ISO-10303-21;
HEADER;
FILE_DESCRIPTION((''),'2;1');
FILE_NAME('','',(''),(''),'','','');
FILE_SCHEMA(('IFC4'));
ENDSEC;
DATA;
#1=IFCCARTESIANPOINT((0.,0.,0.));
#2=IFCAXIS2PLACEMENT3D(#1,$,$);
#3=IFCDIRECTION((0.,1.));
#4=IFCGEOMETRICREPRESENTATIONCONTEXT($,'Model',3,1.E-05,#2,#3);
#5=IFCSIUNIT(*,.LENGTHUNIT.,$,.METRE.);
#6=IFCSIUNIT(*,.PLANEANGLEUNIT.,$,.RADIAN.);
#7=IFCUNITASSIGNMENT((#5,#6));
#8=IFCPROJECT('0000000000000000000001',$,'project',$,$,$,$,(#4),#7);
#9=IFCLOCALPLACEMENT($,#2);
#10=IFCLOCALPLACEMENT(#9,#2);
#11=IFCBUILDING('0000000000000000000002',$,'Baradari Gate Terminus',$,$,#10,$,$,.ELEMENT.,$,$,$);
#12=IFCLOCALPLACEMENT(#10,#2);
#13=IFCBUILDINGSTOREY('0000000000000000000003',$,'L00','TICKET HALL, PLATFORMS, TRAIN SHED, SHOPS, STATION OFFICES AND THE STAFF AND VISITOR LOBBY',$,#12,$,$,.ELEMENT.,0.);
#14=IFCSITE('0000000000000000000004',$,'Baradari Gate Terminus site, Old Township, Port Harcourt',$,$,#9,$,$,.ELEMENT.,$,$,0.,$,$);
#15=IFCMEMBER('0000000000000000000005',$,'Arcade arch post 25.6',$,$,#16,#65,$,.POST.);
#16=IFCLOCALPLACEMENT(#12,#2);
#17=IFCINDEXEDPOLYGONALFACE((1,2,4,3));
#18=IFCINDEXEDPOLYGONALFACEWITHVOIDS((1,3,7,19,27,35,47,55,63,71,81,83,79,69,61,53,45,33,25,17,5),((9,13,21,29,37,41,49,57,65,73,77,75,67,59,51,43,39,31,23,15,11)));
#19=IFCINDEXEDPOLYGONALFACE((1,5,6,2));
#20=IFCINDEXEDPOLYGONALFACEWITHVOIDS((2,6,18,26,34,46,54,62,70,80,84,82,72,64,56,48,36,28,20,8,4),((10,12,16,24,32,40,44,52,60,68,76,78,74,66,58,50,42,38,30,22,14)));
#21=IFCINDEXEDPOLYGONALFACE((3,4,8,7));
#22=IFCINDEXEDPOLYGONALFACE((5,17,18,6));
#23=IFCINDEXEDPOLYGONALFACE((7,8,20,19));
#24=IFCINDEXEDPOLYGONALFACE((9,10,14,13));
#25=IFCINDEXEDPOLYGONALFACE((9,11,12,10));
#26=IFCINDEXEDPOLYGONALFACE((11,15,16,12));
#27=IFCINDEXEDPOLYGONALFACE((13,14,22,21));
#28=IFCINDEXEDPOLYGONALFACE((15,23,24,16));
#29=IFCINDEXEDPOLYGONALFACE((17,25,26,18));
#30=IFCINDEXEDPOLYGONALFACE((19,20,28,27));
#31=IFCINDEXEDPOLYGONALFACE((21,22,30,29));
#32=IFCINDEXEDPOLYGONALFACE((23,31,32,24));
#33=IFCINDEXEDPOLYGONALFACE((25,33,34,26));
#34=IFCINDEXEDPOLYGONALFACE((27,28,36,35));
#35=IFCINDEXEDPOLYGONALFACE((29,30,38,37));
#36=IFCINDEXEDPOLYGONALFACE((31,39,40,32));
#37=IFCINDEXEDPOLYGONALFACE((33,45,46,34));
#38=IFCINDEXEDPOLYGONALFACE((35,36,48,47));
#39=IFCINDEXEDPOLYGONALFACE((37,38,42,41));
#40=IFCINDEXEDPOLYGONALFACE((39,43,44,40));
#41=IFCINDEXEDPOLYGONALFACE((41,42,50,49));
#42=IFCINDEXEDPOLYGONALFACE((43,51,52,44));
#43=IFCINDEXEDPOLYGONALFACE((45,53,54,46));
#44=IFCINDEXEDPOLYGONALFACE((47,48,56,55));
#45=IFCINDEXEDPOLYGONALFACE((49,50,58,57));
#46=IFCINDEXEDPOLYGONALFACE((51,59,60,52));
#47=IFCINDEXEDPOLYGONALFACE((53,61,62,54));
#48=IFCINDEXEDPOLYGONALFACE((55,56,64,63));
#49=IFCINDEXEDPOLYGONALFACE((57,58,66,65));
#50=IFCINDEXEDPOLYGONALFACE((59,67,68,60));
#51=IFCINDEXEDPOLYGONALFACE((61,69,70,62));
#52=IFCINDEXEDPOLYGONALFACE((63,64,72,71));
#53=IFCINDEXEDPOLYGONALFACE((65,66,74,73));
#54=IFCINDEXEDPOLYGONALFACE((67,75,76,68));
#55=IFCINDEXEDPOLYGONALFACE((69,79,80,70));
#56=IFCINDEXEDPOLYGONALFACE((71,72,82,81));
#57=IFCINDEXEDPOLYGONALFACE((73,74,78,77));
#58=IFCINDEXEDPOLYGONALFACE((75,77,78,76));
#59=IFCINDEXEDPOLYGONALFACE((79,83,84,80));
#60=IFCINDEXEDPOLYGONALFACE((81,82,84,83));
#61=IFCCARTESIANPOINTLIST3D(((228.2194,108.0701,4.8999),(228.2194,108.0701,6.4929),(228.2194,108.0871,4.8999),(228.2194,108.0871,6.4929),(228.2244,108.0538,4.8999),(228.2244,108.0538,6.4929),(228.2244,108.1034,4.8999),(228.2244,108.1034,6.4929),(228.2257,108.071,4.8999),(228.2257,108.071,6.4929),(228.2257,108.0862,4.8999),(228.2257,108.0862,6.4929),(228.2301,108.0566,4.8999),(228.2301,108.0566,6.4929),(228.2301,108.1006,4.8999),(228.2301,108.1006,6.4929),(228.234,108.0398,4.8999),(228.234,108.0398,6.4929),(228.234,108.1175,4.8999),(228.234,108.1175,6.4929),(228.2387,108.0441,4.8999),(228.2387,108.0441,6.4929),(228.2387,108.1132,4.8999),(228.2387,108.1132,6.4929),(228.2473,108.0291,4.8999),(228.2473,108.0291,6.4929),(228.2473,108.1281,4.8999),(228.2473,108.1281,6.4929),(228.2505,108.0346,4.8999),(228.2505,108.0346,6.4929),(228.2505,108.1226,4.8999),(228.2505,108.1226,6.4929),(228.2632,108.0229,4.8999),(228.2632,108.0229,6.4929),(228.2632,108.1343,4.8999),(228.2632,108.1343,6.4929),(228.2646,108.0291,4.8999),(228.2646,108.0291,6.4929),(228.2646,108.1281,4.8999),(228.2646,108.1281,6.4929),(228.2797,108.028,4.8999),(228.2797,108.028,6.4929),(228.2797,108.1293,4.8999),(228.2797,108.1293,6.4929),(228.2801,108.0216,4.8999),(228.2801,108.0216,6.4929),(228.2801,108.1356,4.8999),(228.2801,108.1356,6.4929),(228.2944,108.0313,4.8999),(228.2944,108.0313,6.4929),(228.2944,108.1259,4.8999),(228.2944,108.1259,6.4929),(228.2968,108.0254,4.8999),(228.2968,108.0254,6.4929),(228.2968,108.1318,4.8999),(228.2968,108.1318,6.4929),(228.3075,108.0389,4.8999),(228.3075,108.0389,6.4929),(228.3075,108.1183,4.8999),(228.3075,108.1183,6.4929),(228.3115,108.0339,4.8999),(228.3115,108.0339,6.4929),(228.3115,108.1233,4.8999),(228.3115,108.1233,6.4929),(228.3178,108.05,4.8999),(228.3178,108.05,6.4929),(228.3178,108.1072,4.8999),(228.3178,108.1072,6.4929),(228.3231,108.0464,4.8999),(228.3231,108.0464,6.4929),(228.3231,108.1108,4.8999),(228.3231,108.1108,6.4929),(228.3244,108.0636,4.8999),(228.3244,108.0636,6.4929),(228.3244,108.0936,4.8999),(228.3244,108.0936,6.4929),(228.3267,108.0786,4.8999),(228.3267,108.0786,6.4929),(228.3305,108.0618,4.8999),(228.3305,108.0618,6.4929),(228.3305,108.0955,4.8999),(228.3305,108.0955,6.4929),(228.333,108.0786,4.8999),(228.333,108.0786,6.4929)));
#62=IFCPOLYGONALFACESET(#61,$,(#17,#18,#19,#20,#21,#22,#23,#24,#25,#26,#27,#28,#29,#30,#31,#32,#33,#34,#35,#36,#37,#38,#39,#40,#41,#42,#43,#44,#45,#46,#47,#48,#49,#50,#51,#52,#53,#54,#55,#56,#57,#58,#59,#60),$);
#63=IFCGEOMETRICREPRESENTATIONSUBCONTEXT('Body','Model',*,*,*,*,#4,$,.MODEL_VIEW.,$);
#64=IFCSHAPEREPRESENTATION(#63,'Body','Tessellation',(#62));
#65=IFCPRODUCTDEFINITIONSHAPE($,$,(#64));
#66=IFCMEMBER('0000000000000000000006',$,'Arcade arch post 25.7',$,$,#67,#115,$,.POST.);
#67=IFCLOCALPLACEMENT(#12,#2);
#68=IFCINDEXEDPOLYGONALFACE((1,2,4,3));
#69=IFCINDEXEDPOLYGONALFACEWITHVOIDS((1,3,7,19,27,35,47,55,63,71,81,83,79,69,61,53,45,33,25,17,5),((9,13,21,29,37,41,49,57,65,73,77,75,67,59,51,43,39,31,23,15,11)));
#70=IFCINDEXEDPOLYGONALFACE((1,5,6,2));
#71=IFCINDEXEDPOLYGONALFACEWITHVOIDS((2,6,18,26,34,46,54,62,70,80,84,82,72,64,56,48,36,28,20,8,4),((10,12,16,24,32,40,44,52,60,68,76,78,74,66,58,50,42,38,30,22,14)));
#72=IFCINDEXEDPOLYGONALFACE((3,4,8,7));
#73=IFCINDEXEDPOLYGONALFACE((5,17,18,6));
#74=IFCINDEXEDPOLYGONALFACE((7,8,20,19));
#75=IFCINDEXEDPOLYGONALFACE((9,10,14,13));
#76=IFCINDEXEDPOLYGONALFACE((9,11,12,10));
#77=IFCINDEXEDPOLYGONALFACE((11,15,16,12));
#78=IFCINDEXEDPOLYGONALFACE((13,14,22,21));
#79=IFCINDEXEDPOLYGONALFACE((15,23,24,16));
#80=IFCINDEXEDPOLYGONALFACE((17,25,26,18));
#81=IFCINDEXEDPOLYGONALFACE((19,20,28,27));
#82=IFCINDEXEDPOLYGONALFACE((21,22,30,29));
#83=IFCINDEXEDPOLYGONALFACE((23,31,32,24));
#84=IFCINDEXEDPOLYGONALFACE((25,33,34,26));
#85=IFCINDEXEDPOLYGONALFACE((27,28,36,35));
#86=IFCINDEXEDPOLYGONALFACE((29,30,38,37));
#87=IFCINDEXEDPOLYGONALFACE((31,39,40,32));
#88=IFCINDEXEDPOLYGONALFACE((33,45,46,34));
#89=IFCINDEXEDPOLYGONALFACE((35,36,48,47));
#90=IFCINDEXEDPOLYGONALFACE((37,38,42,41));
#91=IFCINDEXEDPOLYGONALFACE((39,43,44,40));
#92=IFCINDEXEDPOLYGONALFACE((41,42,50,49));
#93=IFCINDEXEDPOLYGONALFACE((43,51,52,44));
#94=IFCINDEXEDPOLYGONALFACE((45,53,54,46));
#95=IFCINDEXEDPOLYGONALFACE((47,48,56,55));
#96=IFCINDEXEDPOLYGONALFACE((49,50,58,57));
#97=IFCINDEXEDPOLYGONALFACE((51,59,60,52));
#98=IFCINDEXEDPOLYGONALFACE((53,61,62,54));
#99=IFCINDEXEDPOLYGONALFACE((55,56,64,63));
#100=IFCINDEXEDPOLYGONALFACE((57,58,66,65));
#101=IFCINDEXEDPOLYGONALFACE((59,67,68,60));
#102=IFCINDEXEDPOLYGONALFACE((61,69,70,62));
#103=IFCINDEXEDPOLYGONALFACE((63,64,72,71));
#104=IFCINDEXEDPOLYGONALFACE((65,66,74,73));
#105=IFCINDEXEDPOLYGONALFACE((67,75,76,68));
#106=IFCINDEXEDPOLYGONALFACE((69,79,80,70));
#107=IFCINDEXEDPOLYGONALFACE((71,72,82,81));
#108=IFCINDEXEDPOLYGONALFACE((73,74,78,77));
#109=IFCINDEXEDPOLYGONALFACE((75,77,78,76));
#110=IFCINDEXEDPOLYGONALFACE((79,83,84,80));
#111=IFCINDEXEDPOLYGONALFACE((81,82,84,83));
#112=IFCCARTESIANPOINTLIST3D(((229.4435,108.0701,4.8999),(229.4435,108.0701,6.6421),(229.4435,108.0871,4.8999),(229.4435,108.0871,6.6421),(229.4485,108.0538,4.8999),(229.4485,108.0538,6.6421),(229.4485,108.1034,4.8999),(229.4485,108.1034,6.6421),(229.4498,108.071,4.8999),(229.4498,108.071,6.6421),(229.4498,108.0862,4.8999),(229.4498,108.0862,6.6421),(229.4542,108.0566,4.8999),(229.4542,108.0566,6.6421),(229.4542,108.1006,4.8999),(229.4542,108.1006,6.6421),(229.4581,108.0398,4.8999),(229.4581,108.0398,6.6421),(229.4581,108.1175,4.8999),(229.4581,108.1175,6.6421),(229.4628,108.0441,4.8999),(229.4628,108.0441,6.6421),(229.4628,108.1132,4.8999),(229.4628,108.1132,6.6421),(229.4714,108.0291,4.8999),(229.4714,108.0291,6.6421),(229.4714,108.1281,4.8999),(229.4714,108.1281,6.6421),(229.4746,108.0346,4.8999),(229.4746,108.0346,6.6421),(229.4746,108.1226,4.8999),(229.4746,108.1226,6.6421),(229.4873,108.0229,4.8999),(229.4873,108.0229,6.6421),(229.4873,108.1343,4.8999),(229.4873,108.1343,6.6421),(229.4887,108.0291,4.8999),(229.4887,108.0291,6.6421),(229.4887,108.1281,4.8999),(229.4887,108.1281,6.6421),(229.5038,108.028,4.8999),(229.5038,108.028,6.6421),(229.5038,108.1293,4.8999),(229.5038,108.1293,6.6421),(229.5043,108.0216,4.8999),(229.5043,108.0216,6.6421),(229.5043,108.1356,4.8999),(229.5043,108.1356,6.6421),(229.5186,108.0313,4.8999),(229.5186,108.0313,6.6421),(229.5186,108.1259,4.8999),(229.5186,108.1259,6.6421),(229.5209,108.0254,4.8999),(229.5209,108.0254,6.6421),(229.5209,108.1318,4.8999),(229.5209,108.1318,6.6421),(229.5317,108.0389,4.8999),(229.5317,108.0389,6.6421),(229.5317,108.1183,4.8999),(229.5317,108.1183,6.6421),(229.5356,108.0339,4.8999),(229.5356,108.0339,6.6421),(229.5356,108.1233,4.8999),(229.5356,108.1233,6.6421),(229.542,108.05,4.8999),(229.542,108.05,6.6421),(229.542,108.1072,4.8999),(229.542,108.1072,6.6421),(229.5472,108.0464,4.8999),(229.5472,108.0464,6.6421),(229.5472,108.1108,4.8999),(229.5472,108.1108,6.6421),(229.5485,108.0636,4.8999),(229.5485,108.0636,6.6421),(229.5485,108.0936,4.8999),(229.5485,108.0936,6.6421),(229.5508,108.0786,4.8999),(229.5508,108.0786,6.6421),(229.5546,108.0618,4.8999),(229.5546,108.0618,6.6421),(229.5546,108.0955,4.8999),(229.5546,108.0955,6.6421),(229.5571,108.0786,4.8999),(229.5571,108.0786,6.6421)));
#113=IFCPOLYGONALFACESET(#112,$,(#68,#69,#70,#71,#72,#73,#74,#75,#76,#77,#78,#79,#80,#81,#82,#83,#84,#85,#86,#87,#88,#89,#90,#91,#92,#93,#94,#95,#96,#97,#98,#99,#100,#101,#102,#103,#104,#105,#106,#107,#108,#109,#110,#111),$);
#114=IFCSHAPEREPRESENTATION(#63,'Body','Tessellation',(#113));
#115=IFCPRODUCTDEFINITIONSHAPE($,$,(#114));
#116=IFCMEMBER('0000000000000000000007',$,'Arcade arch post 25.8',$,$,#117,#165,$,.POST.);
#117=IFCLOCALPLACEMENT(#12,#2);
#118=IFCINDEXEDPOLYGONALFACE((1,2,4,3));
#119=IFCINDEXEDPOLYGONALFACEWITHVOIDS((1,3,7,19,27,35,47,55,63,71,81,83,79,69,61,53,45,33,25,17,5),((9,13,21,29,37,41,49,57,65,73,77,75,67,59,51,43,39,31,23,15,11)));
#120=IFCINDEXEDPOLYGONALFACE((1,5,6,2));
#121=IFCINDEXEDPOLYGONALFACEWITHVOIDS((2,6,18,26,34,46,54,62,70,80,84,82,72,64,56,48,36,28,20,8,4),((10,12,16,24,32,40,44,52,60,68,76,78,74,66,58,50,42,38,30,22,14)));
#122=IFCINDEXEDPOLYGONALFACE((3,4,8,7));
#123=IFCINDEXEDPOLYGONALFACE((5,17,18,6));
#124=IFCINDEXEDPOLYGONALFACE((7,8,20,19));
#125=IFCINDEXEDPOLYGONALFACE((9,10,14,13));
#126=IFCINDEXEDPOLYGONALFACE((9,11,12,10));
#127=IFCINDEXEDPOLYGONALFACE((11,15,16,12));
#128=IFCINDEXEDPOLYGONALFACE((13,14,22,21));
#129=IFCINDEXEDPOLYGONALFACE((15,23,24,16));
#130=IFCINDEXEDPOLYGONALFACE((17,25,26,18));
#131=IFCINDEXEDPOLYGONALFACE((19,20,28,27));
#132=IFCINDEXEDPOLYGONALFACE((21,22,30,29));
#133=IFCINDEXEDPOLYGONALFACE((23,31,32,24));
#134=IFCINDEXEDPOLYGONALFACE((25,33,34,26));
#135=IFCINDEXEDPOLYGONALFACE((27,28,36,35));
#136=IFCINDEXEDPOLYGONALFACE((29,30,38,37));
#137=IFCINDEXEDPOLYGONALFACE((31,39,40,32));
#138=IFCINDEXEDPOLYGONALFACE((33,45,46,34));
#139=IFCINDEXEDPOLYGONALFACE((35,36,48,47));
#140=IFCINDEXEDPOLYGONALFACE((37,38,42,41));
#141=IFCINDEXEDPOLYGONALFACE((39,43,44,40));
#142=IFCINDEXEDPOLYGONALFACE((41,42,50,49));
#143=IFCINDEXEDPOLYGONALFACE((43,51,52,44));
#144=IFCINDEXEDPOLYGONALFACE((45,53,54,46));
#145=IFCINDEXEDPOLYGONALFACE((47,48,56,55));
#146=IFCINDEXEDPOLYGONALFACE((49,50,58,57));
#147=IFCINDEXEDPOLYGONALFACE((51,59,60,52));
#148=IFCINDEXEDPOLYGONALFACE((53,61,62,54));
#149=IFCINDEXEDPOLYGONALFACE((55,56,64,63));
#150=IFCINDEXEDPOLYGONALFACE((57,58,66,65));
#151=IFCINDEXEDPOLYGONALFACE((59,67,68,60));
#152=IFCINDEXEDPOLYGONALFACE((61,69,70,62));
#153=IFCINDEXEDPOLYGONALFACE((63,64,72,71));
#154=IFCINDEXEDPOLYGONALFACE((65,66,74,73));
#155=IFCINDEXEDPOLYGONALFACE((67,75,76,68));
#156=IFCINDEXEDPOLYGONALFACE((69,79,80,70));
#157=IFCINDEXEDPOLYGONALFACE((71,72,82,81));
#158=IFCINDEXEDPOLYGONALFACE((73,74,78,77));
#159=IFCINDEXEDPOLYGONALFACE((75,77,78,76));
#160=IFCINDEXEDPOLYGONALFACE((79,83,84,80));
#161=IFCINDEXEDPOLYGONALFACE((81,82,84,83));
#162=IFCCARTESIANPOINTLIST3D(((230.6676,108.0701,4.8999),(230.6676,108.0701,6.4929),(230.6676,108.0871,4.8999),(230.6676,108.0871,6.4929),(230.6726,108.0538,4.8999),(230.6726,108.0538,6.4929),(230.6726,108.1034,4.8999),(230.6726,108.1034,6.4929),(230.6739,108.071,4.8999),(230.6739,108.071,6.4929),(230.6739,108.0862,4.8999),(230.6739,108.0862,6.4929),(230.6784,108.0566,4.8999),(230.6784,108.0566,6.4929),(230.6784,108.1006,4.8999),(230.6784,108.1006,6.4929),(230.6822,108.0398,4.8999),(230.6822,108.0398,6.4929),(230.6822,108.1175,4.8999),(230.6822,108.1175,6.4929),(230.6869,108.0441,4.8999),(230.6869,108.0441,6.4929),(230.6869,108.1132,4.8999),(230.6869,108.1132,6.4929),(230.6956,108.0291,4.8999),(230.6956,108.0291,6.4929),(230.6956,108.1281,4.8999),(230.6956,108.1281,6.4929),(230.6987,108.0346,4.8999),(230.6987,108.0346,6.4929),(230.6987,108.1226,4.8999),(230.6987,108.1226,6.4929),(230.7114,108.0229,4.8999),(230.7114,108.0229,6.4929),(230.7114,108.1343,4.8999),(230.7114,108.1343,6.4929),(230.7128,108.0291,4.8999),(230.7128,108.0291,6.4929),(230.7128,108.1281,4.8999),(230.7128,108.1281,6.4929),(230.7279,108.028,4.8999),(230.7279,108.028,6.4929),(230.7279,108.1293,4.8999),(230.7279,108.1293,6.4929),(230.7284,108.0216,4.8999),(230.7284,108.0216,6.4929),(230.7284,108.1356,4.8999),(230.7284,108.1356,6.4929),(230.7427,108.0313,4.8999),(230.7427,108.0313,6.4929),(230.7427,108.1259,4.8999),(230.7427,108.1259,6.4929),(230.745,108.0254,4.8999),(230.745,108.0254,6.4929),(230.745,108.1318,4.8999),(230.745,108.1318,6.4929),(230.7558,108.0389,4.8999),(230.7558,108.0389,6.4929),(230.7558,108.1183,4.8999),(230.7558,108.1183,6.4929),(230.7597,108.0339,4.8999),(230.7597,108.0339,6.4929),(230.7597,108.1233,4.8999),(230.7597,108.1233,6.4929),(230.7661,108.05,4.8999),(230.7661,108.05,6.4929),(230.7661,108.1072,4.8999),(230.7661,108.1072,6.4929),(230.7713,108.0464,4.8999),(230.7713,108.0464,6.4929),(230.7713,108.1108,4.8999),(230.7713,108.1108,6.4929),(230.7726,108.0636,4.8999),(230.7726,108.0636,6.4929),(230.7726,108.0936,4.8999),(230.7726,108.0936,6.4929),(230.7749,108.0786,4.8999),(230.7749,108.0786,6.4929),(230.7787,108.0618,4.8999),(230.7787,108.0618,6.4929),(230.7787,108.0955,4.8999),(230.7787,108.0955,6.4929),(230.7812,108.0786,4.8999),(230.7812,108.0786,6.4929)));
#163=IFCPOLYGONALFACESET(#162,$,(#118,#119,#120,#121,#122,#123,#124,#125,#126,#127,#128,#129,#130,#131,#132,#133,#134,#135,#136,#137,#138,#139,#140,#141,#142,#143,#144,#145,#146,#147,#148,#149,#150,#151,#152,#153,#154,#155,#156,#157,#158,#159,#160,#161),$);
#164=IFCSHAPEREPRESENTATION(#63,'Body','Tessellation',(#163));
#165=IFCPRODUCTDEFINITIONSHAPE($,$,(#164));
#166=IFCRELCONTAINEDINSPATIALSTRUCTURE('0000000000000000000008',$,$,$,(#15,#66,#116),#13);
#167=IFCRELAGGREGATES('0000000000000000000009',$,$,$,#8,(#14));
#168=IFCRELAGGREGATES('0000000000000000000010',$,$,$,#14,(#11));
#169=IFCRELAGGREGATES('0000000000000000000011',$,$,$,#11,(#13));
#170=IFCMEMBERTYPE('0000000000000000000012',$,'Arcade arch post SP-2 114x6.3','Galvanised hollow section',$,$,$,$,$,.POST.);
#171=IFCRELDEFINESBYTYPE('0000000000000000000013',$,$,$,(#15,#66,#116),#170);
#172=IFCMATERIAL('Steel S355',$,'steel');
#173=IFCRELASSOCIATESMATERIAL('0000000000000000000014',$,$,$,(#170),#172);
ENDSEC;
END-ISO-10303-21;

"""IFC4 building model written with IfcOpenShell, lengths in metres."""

from ifc_helpers import new_model, si_unit, direction, frame, origin, origin_2d, place, context, subcontext, project, spatial, hollow_circle, extrude, material, material_profile, profile_set, type_object, element, save


model = new_model("IFC4")

# Units and contexts
model_context = context("Model", 3, precision=1e-05, world=origin(), true_north=direction((0.0, 1.0)))
body_context = subcontext(model_context, "Body", "Model", "MODEL_VIEW")
ifc_project = project(units=[si_unit("LENGTHUNIT", "METRE"), si_unit("PLANEANGLEUNIT", "RADIAN")], contexts=[model_context])

# Site, building, storey
site_placement = place(None, origin())
site = spatial("IfcSite", under=ifc_project, at=site_placement, Name="Baradari Gate Terminus site, Old Township, Port Harcourt", CompositionType="ELEMENT", RefElevation=0.0)
building_placement = place(site_placement, origin())
building = spatial("IfcBuilding", under=site, at=building_placement, Name="Baradari Gate Terminus", CompositionType="ELEMENT")
storey_placement = place(building_placement, origin())
storey = spatial("IfcBuildingStorey", under=building, at=storey_placement, Name="L00", Description="TICKET HALL, PLATFORMS, TRAIN SHED, SHOPS, STATION OFFICES AND THE STAFF AND VISITOR LOBBY", CompositionType="ELEMENT", Elevation=0.0)

# Members
ifc_material_1 = material(Name="Steel S355", Category="steel")
ifc_material_profile_1 = material_profile(ifc_material_1, hollow_circle(Radius=0.0571, WallThickness=0.0063, at=origin_2d()), Name="CHS 114.3x6.3")
ifc_profile_set_1 = profile_set([ifc_material_profile_1], Name="Steel S355")
member_type = type_object("IfcMemberType", Name="Arcade arch post SP-2 114x6.3", Description="Galvanised hollow section", PredefinedType="POST", material=ifc_profile_set_1)
member_1_placement = place(storey_placement, frame((228.2759, 108.0786, 4.8999), z_axis=(0.0, 0.0, 1.0), x_axis=(1.0, 0.0, 0.0)))
element("IfcMember", 1, at=member_1_placement, inside=storey, type_object=member_type, Name="Arcade arch post 25.6", PredefinedType="POST", context=body_context, shape_type="SweptSolid", body=[
    extrude(hollow_circle(Radius=0.0571, WallThickness=0.0063, at=origin_2d()), origin(), (0.0, 0.0, 1.0), 1.593),
])
member_2_placement = place(storey_placement, frame((229.5, 108.0786, 4.8999), z_axis=(0.0, 0.0, 1.0), x_axis=(1.0, 0.0, 0.0)))
element("IfcMember", 2, at=member_2_placement, inside=storey, type_object=member_type, Name="Arcade arch post 25.7", PredefinedType="POST", context=body_context, shape_type="SweptSolid", body=[
    extrude(hollow_circle(Radius=0.0571, WallThickness=0.0063, at=origin_2d()), origin(), (0.0, 0.0, 1.0), 1.7422),
])
member_3_placement = place(storey_placement, frame((230.7241, 108.0786, 4.8999), z_axis=(0.0, 0.0, 1.0), x_axis=(1.0, 0.0, 0.0)))
element("IfcMember", 3, at=member_3_placement, inside=storey, type_object=member_type, Name="Arcade arch post 25.8", PredefinedType="POST", context=body_context, shape_type="SweptSolid", body=[
    extrude(hollow_circle(Radius=0.0571, WallThickness=0.0063, at=origin_2d()), origin(), (0.0, 0.0, 1.0), 1.593),
])

save(model, "model.ifc")
